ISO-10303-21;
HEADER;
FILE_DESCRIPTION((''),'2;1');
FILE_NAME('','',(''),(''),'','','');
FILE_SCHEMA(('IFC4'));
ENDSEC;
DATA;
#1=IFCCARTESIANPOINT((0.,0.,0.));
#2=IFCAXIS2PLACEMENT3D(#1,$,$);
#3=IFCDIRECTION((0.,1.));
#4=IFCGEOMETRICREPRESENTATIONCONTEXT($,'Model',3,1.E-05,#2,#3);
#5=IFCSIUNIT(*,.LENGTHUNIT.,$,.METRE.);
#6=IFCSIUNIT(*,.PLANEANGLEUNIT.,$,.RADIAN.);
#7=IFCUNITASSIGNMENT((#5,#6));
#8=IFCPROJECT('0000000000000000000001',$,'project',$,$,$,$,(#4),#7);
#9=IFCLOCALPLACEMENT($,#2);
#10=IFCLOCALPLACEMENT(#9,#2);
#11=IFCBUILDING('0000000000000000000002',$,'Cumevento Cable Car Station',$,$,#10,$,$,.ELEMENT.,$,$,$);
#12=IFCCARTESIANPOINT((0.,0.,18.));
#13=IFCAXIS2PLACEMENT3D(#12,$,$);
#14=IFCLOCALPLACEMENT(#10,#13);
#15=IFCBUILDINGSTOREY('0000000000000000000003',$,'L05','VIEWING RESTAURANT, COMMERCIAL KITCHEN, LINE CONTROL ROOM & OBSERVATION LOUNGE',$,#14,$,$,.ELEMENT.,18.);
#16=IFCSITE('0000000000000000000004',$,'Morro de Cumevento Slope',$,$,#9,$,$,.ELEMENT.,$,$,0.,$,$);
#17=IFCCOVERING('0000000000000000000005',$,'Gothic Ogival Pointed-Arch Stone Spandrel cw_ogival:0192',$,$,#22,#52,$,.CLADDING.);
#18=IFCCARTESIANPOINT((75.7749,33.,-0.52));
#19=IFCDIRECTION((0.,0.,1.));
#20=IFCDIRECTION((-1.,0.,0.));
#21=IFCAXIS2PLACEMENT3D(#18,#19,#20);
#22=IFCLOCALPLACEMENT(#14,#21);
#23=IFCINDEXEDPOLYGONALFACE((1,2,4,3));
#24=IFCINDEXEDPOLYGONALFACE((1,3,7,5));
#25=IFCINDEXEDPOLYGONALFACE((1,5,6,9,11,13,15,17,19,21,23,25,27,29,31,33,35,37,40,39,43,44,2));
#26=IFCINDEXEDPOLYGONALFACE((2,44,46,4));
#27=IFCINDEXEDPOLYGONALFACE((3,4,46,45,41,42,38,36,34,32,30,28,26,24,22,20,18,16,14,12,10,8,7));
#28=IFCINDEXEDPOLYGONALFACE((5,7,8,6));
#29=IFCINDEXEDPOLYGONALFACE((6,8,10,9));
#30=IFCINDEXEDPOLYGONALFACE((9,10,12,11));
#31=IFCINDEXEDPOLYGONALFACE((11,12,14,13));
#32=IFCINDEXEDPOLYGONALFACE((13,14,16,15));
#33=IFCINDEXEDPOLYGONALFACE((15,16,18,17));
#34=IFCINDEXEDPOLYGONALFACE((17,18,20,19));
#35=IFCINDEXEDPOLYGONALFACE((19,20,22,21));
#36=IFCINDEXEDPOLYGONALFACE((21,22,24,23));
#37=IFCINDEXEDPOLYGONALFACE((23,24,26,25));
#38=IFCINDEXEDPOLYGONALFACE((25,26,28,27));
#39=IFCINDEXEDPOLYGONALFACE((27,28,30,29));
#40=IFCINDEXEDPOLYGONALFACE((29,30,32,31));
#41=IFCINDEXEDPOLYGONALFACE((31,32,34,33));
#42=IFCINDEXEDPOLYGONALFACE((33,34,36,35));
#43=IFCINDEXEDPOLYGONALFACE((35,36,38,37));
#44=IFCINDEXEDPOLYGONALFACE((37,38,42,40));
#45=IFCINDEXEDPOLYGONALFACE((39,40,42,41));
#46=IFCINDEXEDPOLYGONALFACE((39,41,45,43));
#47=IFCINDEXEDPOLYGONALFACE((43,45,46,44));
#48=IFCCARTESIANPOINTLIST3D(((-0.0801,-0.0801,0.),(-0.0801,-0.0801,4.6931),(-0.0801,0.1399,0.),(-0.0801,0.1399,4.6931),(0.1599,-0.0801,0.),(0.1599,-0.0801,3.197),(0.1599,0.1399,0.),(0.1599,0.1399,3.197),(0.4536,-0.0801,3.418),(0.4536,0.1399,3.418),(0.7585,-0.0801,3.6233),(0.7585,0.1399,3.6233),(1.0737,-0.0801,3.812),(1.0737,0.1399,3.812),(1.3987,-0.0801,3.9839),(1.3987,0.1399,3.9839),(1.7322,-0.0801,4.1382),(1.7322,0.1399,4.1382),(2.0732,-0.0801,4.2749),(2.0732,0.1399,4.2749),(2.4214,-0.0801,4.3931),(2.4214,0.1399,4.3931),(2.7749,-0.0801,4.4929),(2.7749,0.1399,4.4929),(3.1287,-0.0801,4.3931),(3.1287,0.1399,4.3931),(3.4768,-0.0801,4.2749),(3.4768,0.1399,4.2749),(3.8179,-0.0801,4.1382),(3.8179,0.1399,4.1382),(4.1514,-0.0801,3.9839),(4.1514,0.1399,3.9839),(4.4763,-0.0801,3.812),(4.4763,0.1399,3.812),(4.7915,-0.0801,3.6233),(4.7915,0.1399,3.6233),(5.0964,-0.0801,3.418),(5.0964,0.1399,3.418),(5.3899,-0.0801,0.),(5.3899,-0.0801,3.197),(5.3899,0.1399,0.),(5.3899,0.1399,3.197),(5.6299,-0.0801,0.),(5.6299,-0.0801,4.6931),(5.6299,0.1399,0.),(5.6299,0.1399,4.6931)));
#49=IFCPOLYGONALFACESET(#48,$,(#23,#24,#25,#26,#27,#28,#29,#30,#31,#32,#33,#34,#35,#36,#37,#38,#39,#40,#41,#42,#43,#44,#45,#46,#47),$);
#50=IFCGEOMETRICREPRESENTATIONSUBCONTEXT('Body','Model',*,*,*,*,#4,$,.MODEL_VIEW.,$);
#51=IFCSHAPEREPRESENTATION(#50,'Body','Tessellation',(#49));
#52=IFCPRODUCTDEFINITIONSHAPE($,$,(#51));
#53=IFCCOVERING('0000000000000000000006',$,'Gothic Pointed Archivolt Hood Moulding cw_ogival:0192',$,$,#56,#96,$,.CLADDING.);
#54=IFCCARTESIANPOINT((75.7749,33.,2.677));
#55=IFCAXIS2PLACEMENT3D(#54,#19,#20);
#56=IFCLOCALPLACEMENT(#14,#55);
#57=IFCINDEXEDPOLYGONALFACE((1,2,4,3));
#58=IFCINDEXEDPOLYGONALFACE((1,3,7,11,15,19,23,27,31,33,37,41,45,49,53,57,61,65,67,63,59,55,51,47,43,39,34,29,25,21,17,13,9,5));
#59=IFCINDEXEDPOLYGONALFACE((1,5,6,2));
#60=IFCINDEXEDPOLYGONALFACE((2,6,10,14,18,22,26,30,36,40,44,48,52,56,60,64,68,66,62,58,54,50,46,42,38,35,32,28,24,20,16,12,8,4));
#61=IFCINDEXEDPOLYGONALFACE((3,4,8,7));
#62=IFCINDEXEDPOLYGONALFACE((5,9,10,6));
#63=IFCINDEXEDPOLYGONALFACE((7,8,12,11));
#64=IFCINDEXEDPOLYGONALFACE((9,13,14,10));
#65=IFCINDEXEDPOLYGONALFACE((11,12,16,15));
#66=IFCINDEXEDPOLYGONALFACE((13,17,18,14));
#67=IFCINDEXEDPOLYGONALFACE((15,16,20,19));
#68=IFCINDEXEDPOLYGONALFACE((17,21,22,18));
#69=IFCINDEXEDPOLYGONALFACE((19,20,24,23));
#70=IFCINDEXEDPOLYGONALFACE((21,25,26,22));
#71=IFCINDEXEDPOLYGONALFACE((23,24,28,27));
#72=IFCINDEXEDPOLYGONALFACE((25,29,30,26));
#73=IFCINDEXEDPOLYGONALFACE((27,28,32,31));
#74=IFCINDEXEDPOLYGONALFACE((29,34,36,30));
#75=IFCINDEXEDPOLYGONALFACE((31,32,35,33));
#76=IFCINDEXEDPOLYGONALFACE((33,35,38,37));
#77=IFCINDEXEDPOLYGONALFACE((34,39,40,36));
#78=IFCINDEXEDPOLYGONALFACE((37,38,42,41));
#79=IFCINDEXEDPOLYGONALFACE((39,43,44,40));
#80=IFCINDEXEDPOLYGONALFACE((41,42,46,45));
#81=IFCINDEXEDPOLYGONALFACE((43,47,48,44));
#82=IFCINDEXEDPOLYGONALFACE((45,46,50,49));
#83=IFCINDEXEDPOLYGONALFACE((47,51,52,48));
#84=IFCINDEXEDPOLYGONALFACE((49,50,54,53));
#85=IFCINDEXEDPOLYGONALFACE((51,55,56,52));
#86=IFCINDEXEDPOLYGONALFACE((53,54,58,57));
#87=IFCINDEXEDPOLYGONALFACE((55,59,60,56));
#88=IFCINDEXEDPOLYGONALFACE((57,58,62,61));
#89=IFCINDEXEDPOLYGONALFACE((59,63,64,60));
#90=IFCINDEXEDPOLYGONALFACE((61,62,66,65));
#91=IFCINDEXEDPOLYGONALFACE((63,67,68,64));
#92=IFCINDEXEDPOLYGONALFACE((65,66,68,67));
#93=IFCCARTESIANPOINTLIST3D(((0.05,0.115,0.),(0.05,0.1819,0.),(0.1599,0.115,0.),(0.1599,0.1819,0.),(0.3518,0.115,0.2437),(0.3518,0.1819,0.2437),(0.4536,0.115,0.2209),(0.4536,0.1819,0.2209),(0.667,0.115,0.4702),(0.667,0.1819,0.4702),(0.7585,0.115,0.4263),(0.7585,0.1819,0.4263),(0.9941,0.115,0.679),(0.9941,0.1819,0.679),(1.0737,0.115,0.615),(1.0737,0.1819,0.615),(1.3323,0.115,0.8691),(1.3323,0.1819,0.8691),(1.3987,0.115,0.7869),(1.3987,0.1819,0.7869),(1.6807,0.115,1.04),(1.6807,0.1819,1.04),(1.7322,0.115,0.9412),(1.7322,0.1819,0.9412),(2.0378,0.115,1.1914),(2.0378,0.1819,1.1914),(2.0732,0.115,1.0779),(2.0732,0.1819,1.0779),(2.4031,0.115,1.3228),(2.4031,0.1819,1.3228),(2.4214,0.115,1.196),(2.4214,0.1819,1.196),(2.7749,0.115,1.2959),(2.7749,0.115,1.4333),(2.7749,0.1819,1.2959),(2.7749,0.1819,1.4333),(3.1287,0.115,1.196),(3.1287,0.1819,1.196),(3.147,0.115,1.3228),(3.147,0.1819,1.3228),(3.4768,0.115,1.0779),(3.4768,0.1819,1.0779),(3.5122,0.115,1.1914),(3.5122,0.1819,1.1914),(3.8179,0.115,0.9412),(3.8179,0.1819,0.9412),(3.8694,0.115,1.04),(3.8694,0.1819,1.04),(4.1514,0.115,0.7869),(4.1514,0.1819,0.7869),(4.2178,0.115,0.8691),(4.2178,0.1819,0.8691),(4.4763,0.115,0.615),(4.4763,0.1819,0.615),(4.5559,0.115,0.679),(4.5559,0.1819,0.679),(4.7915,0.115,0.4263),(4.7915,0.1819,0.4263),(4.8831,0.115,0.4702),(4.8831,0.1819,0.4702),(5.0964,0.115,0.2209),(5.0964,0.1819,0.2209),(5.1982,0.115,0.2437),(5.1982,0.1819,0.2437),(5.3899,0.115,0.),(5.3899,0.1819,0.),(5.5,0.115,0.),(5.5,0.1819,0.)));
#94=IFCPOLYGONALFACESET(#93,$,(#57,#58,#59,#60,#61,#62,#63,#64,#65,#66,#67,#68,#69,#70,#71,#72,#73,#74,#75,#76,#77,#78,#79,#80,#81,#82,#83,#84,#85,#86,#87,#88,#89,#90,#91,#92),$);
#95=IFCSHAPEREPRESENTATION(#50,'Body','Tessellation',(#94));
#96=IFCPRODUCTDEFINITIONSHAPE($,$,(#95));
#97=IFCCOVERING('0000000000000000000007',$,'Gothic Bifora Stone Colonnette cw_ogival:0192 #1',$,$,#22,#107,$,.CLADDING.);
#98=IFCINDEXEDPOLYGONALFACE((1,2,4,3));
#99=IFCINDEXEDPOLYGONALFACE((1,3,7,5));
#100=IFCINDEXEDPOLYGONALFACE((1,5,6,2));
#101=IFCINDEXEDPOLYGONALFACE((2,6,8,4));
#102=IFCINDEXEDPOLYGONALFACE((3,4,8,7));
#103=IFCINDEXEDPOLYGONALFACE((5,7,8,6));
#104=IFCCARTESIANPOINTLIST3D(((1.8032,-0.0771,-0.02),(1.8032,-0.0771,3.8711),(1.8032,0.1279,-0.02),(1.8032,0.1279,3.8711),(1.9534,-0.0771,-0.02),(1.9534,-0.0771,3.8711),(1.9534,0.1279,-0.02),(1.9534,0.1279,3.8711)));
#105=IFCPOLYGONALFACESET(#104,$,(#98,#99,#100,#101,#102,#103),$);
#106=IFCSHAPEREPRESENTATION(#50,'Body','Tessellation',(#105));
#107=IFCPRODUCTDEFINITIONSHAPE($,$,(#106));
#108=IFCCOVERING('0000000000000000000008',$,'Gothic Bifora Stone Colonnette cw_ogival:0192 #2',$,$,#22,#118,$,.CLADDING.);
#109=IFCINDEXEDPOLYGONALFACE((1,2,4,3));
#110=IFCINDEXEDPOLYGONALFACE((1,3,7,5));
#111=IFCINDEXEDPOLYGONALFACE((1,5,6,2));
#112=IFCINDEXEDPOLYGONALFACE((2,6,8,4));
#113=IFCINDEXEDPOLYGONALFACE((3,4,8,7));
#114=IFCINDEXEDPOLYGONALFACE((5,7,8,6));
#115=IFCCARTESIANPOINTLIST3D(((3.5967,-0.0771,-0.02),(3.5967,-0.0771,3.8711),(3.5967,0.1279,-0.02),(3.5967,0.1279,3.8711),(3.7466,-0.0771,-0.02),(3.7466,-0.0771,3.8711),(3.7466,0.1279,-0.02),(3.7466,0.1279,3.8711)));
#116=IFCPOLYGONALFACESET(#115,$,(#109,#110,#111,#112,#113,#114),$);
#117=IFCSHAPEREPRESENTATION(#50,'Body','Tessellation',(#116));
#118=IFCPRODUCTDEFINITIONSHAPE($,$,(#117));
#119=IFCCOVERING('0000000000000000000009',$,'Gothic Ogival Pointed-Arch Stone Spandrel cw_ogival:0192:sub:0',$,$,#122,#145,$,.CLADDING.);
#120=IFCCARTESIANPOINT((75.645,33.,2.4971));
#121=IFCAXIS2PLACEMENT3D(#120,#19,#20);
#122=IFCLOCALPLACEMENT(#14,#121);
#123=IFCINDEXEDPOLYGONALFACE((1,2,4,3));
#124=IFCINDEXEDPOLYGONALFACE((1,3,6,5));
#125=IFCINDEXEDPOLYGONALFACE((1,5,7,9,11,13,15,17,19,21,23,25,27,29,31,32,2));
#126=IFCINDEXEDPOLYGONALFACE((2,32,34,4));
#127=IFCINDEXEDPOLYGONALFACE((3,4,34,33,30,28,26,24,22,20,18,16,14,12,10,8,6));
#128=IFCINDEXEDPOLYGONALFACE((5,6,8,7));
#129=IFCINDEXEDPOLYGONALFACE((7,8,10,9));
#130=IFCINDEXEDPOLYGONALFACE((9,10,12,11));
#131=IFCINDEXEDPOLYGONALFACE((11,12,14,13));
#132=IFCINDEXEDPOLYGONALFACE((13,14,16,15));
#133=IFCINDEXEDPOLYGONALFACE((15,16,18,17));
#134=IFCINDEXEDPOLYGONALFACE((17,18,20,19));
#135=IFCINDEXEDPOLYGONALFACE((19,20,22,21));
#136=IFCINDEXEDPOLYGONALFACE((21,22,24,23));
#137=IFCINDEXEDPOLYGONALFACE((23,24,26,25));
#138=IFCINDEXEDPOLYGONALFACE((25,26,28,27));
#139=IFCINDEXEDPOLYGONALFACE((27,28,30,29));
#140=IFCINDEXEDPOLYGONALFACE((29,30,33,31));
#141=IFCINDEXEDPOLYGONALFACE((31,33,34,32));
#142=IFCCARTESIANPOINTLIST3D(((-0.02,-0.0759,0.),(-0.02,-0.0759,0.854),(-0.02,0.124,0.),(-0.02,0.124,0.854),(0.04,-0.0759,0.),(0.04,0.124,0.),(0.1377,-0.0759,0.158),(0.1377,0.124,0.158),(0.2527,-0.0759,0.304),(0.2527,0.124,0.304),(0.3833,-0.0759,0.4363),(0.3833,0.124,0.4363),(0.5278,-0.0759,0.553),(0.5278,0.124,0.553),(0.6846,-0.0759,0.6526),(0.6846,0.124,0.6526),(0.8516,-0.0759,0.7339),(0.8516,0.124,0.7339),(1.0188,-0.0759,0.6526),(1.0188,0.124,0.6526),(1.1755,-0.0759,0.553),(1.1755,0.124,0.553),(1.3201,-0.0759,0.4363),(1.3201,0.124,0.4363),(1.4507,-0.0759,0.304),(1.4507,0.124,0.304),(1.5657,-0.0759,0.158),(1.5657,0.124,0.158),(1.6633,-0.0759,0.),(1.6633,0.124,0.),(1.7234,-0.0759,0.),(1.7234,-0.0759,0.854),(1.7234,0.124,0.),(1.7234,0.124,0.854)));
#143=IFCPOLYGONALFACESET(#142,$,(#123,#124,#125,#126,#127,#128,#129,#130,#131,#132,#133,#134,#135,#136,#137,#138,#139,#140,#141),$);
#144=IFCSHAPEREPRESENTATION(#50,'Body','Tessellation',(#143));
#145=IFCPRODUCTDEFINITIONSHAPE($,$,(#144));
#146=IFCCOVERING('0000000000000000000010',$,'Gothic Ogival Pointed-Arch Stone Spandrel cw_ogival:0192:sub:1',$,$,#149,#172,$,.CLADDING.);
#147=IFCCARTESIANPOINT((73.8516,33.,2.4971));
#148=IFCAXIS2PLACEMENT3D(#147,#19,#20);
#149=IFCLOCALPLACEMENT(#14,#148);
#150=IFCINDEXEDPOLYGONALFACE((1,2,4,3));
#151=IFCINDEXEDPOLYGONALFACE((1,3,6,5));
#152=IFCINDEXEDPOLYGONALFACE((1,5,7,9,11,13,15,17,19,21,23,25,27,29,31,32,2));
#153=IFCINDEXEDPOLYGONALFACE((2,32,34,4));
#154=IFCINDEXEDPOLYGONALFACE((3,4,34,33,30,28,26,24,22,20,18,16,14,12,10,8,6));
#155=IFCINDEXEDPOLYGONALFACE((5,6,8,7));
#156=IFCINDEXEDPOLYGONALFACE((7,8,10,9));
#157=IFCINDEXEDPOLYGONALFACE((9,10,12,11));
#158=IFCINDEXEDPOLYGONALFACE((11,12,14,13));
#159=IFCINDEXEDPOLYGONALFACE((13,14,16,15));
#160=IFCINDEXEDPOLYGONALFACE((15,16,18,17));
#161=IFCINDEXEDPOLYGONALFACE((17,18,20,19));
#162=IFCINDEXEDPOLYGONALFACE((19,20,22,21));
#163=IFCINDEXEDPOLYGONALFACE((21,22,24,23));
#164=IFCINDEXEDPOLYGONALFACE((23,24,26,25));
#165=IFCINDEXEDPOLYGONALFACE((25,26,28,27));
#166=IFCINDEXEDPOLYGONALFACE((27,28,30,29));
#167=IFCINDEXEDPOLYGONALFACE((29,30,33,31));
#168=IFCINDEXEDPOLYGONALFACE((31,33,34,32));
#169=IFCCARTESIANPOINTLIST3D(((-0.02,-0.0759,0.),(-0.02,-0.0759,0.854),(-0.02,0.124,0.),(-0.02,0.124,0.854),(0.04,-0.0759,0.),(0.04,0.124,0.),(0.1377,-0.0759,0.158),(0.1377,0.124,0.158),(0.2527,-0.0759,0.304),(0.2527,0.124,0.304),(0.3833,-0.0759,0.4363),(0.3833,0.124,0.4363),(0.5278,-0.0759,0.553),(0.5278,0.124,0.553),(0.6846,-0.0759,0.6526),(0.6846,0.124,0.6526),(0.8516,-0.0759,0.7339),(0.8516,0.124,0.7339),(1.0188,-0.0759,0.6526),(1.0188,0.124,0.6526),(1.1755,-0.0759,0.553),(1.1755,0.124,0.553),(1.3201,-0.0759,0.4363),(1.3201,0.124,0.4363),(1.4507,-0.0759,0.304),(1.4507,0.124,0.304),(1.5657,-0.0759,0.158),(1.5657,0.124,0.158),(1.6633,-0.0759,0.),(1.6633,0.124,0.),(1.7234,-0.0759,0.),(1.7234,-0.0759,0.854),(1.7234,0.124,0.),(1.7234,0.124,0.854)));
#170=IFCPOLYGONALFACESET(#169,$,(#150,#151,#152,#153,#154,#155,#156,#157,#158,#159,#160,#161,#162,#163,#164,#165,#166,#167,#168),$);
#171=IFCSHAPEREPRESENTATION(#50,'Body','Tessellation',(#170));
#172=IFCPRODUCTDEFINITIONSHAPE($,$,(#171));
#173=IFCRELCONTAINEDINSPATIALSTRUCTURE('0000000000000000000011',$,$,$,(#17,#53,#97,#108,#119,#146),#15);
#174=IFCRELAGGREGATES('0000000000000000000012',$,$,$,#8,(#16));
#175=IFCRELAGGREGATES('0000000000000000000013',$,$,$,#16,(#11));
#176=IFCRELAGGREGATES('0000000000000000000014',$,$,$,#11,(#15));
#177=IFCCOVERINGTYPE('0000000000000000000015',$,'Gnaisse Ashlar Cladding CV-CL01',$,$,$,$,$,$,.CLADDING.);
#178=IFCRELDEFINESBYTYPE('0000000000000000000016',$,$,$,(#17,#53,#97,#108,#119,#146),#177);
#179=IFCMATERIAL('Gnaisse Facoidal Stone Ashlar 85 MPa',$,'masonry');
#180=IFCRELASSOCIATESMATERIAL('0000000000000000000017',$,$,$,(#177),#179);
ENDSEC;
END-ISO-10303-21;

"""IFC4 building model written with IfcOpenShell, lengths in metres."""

from ifc_helpers import new_model, si_unit, direction, frame, origin, place, context, subcontext, project, spatial, polyline, outline, extrude, material, type_object, element, save


model = new_model("IFC4")

# Units and contexts
model_context = context("Model", 3, precision=1e-05, world=origin(), true_north=direction((0.0, 1.0)))
body_context = subcontext(model_context, "Body", "Model", "MODEL_VIEW")
ifc_project = project(units=[si_unit("LENGTHUNIT", "METRE"), si_unit("PLANEANGLEUNIT", "RADIAN")], contexts=[model_context])

# Site, building, storey
site_placement = place(None, origin())
site = spatial("IfcSite", under=ifc_project, at=site_placement, Name="Morro de Cumevento Slope", CompositionType="ELEMENT", RefElevation=0.0)
building_placement = place(site_placement, origin())
building = spatial("IfcBuilding", under=site, at=building_placement, Name="Cumevento Cable Car Station", CompositionType="ELEMENT")
storey_placement = place(building_placement, frame((0.0, 0.0, 18.0)))
storey = spatial("IfcBuildingStorey", under=building, at=storey_placement, Name="L05", Description="VIEWING RESTAURANT, COMMERCIAL KITCHEN, LINE CONTROL ROOM & OBSERVATION LOUNGE", CompositionType="ELEMENT", Elevation=18.0)

# Coverings
ifc_material_1 = material(Name="Gnaisse Facoidal Stone Ashlar 85 MPa", Category="masonry")
covering_type = type_object("IfcCoveringType", Name="Gnaisse Ashlar Cladding CV-CL01", PredefinedType="CLADDING", material=ifc_material_1)
placement = place(storey_placement, frame((75.7749, 33.0, -0.52), z_axis=(0.0, 0.0, 1.0), x_axis=(-1.0, 0.0, 0.0)))
element("IfcCovering", 1, at=placement, inside=storey, type_object=covering_type, Name="Gothic Ogival Pointed-Arch Stone Spandrel cw_ogival:0192", PredefinedType="CLADDING", context=body_context, shape_type="SweptSolid", body=[
    extrude(outline(polyline([(-0.0801, 0.0), (-0.0801, 4.6931), (5.6299, 4.6931), (5.6299, 0.0), (5.3899, 0.0), (5.3899, 3.197), (5.0964, 3.418), (4.7915, 3.6233), (4.4763, 3.812), (4.1514, 3.9839), (3.8179, 4.1382), (3.4768, 4.2749), (3.1287, 4.3931), (2.7749, 4.4929), (2.4214, 4.3931), (2.0732, 4.2749), (1.7322, 4.1382), (1.3987, 3.9839), (1.0737, 3.812), (0.7585, 3.6233), (0.4536, 3.418), (0.1599, 3.197), (0.1599, 0.0), (-0.0801, 0.0)])), frame((0.0, 0.1399, 0.0), z_axis=(0.0, -1.0, 0.0), x_axis=(1.0, 0.0, 0.0)), (0.0, 0.0, 1.0), 0.22),
])
covering_1_placement = place(storey_placement, frame((75.7749, 33.0, 2.677), z_axis=(0.0, 0.0, 1.0), x_axis=(-1.0, 0.0, 0.0)))
element("IfcCovering", 2, at=covering_1_placement, inside=storey, type_object=covering_type, Name="Gothic Pointed Archivolt Hood Moulding cw_ogival:0192", PredefinedType="CLADDING", context=body_context, shape_type="SweptSolid", body=[
    extrude(outline(polyline([(0.1599, 0.0), (0.4536, 0.2209), (0.7585, 0.4263), (1.0737, 0.615), (1.3987, 0.7869), (1.7322, 0.9412), (2.0732, 1.0779), (2.4214, 1.196), (2.7749, 1.2959), (3.1287, 1.196), (3.4768, 1.0779), (3.8179, 0.9412), (4.1514, 0.7869), (4.4763, 0.615), (4.7915, 0.4263), (5.0964, 0.2209), (5.3899, 0.0), (5.5, 0.0), (5.1982, 0.2437), (4.8831, 0.4702), (4.5559, 0.679), (4.2178, 0.8691), (3.8694, 1.04), (3.5122, 1.1914), (3.147, 1.3228), (2.7749, 1.4333), (2.4031, 1.3228), (2.0378, 1.1914), (1.6807, 1.04), (1.3323, 0.8691), (0.9941, 0.679), (0.667, 0.4702), (0.3518, 0.2437), (0.05, 0.0), (0.1599, 0.0)])), frame((0.0, 0.1819, 0.0), z_axis=(0.0, -1.0, 0.0), x_axis=(1.0, 0.0, 0.0)), (0.0, 0.0, 1.0), 0.0669),
])
element("IfcCovering", 3, at=placement, inside=storey, type_object=covering_type, Name="Gothic Bifora Stone Colonnette cw_ogival:0192 #1", PredefinedType="CLADDING", context=body_context, shape_type="SweptSolid", body=[
    extrude(outline(polyline([(1.8032, -0.02), (1.9534, -0.02), (1.9534, 3.8711), (1.8032, 3.8711), (1.8032, -0.02)])), frame((0.0, 0.1279, 0.0), z_axis=(0.0, -1.0, 0.0), x_axis=(1.0, 0.0, 0.0)), (0.0, 0.0, 1.0), 0.2051),
])
element("IfcCovering", 4, at=placement, inside=storey, type_object=covering_type, Name="Gothic Bifora Stone Colonnette cw_ogival:0192 #2", PredefinedType="CLADDING", context=body_context, shape_type="SweptSolid", body=[
    extrude(outline(polyline([(3.5967, -0.02), (3.7466, -0.02), (3.7466, 3.8711), (3.5967, 3.8711), (3.5967, -0.02)])), frame((0.0, 0.1279, 0.0), z_axis=(0.0, -1.0, 0.0), x_axis=(1.0, 0.0, 0.0)), (0.0, 0.0, 1.0), 0.2051),
])
for number, where, z_axis, x_axis, name in (
    (5, (75.645, 33.0, 2.4971), (0.0, 0.0, 1.0), (-1.0, 0.0, 0.0), "Gothic Ogival Pointed-Arch Stone Spandrel cw_ogival:0192:sub:0"),
    (6, (73.8516, 33.0, 2.4971), (0.0, 0.0, 1.0), (-1.0, 0.0, 0.0), "Gothic Ogival Pointed-Arch Stone Spandrel cw_ogival:0192:sub:1"),
):
    element("IfcCovering", number, at=place(storey_placement, frame(where, z_axis=z_axis, x_axis=x_axis)), inside=storey, type_object=covering_type, Name=name, PredefinedType="CLADDING", context=body_context, shape_type="SweptSolid", body=[
        extrude(outline(polyline([(-0.02, 0.0), (-0.02, 0.854), (1.7234, 0.854), (1.7234, 0.0), (1.6633, 0.0), (1.5657, 0.158), (1.4507, 0.304), (1.3201, 0.4363), (1.1755, 0.553), (1.0188, 0.6526), (0.8516, 0.7339), (0.6846, 0.6526), (0.5278, 0.553), (0.3833, 0.4363), (0.2527, 0.304), (0.1377, 0.158), (0.04, 0.0), (-0.02, 0.0)])), frame((0.0, 0.124, 0.0), z_axis=(0.0, -1.0, 0.0), x_axis=(1.0, 0.0, 0.0)), (0.0, 0.0, 1.0), 0.2),
    ])

save(model, "model.ifc")
